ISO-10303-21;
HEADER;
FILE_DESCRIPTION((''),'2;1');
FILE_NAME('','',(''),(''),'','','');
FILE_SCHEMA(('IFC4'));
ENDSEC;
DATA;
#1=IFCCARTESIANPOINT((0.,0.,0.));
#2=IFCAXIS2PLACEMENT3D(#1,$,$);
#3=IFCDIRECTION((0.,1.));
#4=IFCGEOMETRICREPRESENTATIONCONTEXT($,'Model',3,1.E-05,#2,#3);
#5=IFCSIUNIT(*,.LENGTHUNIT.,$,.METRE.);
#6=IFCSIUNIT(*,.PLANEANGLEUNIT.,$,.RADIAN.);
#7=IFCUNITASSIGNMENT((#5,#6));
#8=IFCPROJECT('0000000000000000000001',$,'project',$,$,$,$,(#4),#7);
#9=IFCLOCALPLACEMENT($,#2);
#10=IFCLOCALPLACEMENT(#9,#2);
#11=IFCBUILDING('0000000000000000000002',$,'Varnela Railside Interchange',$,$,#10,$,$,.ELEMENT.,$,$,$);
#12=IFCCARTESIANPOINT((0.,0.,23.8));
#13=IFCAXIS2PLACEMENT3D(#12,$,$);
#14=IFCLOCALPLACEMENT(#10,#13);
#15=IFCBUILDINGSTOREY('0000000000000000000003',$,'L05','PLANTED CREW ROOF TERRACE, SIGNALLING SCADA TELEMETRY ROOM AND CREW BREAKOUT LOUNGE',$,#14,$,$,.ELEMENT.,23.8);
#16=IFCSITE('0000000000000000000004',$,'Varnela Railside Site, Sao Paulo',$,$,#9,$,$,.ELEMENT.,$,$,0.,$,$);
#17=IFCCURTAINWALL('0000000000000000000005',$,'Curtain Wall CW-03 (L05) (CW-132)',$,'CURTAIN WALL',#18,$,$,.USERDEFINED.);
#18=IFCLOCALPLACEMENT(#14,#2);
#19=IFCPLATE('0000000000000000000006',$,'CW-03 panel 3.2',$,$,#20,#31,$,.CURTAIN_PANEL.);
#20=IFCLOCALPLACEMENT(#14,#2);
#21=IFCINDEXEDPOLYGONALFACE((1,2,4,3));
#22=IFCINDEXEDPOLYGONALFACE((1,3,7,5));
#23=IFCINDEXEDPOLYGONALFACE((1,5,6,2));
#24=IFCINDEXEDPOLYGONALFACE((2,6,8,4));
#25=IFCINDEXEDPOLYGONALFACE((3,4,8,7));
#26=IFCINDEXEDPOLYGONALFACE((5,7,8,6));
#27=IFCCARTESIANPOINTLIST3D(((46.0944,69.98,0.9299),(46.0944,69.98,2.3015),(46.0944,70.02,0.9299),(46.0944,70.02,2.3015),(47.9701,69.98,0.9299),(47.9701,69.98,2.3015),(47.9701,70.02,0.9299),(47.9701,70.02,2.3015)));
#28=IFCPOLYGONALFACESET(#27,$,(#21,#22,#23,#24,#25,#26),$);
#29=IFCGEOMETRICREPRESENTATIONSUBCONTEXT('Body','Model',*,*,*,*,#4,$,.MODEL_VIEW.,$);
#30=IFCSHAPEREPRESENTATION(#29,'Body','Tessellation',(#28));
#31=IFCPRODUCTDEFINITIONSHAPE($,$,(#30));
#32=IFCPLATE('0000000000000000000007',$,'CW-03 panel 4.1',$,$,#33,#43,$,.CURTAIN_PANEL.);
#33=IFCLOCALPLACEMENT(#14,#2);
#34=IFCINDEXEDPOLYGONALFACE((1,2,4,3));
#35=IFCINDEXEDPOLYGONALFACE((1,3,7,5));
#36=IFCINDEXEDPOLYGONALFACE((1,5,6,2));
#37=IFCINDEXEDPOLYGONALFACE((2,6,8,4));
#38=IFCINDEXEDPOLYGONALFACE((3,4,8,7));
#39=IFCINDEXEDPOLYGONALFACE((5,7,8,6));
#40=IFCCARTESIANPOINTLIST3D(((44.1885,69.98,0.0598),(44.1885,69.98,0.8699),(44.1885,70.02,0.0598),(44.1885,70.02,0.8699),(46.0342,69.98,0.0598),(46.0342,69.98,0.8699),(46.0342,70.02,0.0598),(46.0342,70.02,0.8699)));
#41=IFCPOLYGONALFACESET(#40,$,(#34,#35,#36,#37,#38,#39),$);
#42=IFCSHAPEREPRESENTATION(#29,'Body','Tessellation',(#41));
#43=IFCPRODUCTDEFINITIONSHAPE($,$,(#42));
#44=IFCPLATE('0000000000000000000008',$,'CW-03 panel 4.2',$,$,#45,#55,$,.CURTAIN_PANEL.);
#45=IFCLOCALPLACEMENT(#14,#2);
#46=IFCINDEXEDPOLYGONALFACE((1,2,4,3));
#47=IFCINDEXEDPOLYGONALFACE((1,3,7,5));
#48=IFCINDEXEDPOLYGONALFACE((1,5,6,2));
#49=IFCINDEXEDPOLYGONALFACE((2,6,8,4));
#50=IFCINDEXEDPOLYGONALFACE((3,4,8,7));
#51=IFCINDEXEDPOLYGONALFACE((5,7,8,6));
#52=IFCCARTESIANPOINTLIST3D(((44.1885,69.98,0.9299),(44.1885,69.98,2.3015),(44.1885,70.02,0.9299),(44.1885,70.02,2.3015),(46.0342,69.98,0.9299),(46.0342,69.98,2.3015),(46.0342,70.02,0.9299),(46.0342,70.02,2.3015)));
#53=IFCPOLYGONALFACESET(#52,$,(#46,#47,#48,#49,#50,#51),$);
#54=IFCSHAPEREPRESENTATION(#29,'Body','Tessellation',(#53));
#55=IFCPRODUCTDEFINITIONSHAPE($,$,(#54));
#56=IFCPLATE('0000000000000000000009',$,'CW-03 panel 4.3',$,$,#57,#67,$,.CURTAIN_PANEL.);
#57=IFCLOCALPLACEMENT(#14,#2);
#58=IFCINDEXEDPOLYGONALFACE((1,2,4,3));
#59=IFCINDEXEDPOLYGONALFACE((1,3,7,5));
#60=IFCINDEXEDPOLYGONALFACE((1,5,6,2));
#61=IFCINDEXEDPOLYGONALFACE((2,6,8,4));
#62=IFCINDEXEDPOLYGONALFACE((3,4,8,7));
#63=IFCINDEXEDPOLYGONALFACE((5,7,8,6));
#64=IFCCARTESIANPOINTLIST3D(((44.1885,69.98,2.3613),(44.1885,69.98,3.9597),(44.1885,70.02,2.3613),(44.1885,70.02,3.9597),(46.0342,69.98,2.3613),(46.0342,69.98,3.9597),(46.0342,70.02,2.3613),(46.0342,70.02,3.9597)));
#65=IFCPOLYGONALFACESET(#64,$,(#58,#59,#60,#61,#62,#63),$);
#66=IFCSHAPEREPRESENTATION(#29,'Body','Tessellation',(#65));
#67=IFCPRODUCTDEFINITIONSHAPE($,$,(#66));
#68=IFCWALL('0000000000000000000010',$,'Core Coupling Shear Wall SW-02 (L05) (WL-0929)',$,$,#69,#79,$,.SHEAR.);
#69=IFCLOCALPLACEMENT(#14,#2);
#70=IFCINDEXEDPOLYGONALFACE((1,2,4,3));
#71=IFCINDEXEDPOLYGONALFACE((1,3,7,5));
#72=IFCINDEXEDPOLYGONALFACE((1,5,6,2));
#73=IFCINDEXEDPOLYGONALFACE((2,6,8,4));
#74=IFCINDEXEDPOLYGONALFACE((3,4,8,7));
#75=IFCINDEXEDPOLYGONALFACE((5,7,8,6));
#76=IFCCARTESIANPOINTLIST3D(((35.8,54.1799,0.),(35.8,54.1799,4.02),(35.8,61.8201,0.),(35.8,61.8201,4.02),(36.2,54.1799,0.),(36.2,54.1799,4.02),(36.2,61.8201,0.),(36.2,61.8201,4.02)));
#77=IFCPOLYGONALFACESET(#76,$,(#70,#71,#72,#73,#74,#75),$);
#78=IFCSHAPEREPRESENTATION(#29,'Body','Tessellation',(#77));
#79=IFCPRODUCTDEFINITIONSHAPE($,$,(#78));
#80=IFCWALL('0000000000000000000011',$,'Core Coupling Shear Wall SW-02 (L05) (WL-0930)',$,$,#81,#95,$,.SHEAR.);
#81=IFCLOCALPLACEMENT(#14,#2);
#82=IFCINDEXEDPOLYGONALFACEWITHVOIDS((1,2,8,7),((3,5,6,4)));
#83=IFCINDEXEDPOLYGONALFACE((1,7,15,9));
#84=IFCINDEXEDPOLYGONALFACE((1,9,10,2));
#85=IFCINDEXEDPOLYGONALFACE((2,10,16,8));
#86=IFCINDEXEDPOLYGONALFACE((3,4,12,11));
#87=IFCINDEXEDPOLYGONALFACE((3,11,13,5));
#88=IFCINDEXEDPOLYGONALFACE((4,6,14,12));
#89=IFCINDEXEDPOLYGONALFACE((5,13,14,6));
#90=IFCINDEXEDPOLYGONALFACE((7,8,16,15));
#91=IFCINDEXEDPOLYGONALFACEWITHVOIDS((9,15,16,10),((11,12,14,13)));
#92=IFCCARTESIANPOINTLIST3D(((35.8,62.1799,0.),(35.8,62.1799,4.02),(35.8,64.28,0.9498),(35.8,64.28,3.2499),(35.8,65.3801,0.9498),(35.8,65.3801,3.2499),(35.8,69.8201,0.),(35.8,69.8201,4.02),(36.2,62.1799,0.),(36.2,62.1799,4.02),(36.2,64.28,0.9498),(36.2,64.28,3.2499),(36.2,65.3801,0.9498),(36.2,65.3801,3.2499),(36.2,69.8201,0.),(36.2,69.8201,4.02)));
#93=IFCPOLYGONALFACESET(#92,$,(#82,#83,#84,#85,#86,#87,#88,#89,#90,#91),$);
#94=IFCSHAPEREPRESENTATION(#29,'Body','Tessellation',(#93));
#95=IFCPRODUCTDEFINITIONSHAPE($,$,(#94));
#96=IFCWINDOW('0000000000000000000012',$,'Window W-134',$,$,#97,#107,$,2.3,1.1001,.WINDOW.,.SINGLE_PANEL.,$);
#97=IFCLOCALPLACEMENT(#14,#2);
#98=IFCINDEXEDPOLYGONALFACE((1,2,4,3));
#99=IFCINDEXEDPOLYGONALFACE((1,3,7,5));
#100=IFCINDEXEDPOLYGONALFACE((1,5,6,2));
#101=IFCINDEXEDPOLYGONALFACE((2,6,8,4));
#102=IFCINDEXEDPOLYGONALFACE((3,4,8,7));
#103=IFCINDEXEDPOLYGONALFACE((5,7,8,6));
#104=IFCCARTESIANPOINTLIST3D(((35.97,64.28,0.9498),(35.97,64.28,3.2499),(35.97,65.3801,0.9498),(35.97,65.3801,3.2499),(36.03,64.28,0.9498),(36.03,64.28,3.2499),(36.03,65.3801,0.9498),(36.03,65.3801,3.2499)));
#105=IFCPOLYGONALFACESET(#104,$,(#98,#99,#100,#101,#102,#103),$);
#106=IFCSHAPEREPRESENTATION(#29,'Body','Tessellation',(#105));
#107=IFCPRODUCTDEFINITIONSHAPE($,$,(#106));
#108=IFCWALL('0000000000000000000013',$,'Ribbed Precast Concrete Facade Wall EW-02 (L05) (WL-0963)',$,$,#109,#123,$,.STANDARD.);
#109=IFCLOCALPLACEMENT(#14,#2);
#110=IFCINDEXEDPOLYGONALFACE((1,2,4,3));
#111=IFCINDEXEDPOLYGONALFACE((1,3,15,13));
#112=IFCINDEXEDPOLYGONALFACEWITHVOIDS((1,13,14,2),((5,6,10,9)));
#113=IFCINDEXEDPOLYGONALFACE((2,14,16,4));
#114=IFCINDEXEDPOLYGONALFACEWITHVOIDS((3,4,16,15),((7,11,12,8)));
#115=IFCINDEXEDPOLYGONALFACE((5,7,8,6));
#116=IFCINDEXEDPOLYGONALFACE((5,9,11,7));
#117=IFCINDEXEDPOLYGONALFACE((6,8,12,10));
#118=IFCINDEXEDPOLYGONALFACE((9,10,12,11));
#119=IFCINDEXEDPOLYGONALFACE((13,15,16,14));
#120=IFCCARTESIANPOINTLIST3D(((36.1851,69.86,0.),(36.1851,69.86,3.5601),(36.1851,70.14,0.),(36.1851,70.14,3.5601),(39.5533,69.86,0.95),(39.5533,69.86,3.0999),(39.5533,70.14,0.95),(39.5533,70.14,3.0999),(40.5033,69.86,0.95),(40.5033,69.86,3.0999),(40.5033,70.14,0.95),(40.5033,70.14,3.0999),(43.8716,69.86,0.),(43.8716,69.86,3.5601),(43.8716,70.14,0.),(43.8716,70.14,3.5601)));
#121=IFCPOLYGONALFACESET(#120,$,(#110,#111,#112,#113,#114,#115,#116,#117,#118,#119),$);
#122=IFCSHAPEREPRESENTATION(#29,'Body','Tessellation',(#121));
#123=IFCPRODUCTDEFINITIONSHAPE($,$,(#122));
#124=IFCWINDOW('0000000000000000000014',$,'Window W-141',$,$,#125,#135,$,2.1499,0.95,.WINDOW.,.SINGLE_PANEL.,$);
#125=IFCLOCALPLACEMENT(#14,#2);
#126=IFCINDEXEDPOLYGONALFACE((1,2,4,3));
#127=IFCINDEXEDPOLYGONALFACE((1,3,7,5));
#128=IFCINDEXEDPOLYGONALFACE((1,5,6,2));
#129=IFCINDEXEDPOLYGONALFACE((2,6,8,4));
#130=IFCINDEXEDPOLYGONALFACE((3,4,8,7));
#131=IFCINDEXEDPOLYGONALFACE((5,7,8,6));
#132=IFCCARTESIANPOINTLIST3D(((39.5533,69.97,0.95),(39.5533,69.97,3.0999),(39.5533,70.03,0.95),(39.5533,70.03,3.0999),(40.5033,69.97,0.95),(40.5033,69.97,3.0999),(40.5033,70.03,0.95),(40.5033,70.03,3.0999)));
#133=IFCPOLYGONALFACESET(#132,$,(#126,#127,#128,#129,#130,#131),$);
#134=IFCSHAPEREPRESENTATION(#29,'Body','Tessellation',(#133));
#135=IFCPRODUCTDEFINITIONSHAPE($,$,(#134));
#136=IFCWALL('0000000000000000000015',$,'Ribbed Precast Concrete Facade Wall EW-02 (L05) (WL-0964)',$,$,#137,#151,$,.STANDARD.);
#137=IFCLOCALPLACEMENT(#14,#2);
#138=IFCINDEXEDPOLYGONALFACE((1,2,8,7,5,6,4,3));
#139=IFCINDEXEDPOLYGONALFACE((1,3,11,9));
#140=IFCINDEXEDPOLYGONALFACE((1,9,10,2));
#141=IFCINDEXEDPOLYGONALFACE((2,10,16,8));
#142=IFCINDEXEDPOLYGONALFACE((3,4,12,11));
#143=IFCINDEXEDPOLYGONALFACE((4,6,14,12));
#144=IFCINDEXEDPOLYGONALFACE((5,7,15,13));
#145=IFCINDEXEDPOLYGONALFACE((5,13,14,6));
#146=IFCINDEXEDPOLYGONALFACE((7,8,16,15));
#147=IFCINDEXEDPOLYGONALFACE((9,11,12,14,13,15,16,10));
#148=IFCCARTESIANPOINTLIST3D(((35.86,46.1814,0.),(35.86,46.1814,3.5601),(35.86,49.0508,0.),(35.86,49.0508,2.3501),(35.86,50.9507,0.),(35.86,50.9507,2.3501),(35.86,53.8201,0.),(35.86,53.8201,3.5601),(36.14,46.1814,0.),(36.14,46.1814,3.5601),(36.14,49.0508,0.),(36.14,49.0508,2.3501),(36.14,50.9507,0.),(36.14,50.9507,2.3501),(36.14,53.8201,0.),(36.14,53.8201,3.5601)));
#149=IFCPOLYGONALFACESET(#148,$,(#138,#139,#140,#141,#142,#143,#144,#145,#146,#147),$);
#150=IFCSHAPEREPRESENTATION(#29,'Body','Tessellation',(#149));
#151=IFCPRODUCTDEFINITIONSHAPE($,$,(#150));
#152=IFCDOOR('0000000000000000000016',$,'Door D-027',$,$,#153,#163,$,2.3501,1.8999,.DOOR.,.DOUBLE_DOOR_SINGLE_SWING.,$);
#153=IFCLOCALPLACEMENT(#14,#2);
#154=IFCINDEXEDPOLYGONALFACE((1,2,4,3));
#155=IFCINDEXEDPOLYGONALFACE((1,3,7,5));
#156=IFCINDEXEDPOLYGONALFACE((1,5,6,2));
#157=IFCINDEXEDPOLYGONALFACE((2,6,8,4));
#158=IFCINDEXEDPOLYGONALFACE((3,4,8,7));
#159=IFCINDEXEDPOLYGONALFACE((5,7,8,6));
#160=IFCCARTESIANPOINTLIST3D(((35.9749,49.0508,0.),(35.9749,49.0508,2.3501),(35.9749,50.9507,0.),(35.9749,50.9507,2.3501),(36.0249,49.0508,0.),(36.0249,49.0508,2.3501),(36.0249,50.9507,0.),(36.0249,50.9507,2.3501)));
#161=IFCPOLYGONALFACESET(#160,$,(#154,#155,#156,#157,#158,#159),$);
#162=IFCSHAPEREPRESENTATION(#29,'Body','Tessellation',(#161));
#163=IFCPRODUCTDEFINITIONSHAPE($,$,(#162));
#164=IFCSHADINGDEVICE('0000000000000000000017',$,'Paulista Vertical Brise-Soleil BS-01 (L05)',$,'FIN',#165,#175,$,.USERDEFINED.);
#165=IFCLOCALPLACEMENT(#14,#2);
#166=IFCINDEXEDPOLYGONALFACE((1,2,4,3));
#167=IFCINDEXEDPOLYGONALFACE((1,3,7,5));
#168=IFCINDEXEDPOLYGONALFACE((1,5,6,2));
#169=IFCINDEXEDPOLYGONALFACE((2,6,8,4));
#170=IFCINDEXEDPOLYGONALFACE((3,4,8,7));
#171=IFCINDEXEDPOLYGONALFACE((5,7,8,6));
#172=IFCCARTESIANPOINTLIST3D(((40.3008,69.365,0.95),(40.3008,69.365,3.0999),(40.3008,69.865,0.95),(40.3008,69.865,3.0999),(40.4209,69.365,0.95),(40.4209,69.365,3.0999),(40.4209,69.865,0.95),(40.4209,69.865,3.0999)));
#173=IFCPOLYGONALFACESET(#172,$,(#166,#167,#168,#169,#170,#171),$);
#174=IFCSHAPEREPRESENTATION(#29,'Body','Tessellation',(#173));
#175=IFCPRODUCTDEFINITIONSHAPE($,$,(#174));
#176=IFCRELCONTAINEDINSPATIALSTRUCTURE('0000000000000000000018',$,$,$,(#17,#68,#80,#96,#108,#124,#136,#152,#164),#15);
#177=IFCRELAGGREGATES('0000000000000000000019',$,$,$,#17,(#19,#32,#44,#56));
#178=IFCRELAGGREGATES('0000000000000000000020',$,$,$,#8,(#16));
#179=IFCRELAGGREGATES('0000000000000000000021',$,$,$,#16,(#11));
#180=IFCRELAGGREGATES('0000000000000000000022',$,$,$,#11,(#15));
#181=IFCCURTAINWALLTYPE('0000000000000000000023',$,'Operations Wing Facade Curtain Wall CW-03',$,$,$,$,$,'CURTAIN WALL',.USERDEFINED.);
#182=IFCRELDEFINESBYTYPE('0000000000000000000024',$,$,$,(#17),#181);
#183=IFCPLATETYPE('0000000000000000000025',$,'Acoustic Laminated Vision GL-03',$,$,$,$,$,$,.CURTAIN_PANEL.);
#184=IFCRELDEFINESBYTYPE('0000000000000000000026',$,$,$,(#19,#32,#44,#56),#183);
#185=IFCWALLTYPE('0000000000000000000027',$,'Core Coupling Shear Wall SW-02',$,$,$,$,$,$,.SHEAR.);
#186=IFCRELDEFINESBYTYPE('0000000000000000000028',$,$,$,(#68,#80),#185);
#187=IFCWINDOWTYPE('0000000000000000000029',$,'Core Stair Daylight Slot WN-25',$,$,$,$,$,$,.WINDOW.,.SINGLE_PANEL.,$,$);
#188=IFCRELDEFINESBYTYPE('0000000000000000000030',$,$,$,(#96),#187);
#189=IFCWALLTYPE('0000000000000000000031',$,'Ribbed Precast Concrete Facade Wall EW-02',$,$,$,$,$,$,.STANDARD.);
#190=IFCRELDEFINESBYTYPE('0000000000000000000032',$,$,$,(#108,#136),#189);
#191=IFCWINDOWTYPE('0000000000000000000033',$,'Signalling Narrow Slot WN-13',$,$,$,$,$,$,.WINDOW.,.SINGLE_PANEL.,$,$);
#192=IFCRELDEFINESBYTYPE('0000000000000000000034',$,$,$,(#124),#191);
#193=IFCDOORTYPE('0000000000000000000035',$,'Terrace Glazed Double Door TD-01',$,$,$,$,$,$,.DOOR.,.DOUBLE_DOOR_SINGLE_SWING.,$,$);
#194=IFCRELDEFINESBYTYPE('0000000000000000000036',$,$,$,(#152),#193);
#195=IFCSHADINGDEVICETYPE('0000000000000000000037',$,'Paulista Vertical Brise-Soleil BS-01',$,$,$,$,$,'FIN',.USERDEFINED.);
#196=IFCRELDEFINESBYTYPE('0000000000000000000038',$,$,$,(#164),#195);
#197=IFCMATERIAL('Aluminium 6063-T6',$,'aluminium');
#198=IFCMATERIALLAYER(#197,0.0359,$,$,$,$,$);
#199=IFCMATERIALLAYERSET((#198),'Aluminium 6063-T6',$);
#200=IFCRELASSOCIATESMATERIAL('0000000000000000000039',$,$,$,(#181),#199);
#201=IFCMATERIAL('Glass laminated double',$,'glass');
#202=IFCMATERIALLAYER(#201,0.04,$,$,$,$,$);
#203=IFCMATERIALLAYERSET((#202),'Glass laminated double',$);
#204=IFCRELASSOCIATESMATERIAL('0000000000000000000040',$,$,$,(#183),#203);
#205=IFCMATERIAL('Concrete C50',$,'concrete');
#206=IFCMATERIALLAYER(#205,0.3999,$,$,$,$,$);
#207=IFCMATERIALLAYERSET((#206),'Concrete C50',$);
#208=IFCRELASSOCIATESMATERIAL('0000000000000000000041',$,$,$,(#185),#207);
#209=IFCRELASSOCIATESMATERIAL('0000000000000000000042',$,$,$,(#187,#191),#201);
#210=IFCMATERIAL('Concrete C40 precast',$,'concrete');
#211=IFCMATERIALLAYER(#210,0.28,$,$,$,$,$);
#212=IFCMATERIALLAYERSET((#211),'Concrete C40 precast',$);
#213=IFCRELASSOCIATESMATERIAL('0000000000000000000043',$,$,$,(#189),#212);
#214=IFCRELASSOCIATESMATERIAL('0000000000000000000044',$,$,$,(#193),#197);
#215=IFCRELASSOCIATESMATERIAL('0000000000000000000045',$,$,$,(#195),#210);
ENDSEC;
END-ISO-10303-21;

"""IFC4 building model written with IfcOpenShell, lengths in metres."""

from ifc_helpers import new_model, si_unit, direction, frame, frame_2d, origin, origin_2d, place, context, subcontext, project, spatial, rectangle, extrude, material, layer, layer_set, type_object, element, fill, aggregate, save


model = new_model("IFC4")

# Units and contexts
model_context = context("Model", 3, precision=1e-05, world=origin(), true_north=direction((0.0, 1.0)))
body_context = subcontext(model_context, "Body", "Model", "MODEL_VIEW")
ifc_project = project(units=[si_unit("LENGTHUNIT", "METRE"), si_unit("PLANEANGLEUNIT", "RADIAN")], contexts=[model_context])

# Site, building, storey
site_placement = place(None, origin())
site = spatial("IfcSite", under=ifc_project, at=site_placement, Name="Varnela Railside Site, Sao Paulo", CompositionType="ELEMENT", RefElevation=0.0)
building_placement = place(site_placement, origin())
building = spatial("IfcBuilding", under=site, at=building_placement, Name="Varnela Railside Interchange", CompositionType="ELEMENT")
storey_placement = place(building_placement, frame((0.0, 0.0, 23.8)))
storey = spatial("IfcBuildingStorey", under=building, at=storey_placement, Name="L05", Description="PLANTED CREW ROOF TERRACE, SIGNALLING SCADA TELEMETRY ROOM AND CREW BREAKOUT LOUNGE", CompositionType="ELEMENT", Elevation=23.8)

# Curtain wall
ifc_material_1 = material(Name="Aluminium 6063-T6", Category="aluminium")
ifc_layer_1 = layer(ifc_material_1, 0.0359)
ifc_layer_set_1 = layer_set([ifc_layer_1], Name="Aluminium 6063-T6")
curtain_wall_type = type_object("IfcCurtainWallType", Name="Operations Wing Facade Curtain Wall CW-03", ElementType="CURTAIN WALL", PredefinedType="USERDEFINED", material=ifc_layer_set_1)
curtain_wall_placement = place(storey_placement, origin())
curtain_wall = element("IfcCurtainWall", 1, at=curtain_wall_placement, inside=storey, type_object=curtain_wall_type, Name="Curtain Wall CW-03 (L05) (CW-132)", ObjectType="CURTAIN WALL", PredefinedType="USERDEFINED")

# Plates
ifc_material_2 = material(Name="Glass laminated double", Category="glass")
ifc_layer_2 = layer(ifc_material_2, 0.04)
ifc_layer_set_2 = layer_set([ifc_layer_2], Name="Glass laminated double")
plate_type = type_object("IfcPlateType", Name="Acoustic Laminated Vision GL-03", PredefinedType="CURTAIN_PANEL", material=ifc_layer_set_2)
plate_1_placement = place(storey_placement, frame((47.0322, 70.0, 0.9299), z_axis=(0.0, 0.0, 1.0), x_axis=(-1.0, 0.0, 0.0)))
plate_1 = element("IfcPlate", 2, at=plate_1_placement, type_object=plate_type, Name="CW-03 panel 3.2", PredefinedType="CURTAIN_PANEL", context=body_context, shape_type="SweptSolid", body=[
    extrude(rectangle(XDim=1.8757, YDim=0.04, at=origin_2d()), origin(), (0.0, 0.0, 1.0), 1.3716),
])
plate_2_placement = place(storey_placement, frame((45.1113, 70.0, 0.0598), z_axis=(0.0, 0.0, 1.0), x_axis=(-1.0, 0.0, 0.0)))
plate_2 = element("IfcPlate", 3, at=plate_2_placement, type_object=plate_type, Name="CW-03 panel 4.1", PredefinedType="CURTAIN_PANEL", context=body_context, shape_type="SweptSolid", body=[
    extrude(rectangle(XDim=1.8457, YDim=0.04, at=origin_2d()), origin(), (0.0, 0.0, 1.0), 0.8101),
])
plate_3_placement = place(storey_placement, frame((45.1113, 70.0, 0.9299), z_axis=(0.0, 0.0, 1.0), x_axis=(-1.0, 0.0, 0.0)))
plate_3 = element("IfcPlate", 4, at=plate_3_placement, type_object=plate_type, Name="CW-03 panel 4.2", PredefinedType="CURTAIN_PANEL", context=body_context, shape_type="SweptSolid", body=[
    extrude(rectangle(XDim=1.8457, YDim=0.04, at=origin_2d()), origin(), (0.0, 0.0, 1.0), 1.3716),
])
plate_4_placement = place(storey_placement, frame((45.1113, 70.0, 2.3613), z_axis=(0.0, 0.0, 1.0), x_axis=(-1.0, 0.0, 0.0)))
plate_4 = element("IfcPlate", 5, at=plate_4_placement, type_object=plate_type, Name="CW-03 panel 4.3", PredefinedType="CURTAIN_PANEL", context=body_context, shape_type="SweptSolid", body=[
    extrude(rectangle(XDim=1.8457, YDim=0.04, at=origin_2d()), origin(), (0.0, 0.0, 1.0), 1.5984),
])
aggregate(curtain_wall, [plate_1, plate_2, plate_3, plate_4])

# Wall
ifc_material_3 = material(Name="Concrete C50", Category="concrete")
ifc_layer_3 = layer(ifc_material_3, 0.3999)
ifc_layer_set_3 = layer_set([ifc_layer_3], Name="Concrete C50")
wall_type_1 = type_object("IfcWallType", Name="Core Coupling Shear Wall SW-02", PredefinedType="SHEAR", material=ifc_layer_set_3)
wall_1_placement = place(storey_placement, frame((36.0, 54.1799, 0.0), z_axis=(0.0, 0.0, 1.0), x_axis=(0.0, 1.0, 0.0)))
element("IfcWall", 6, at=wall_1_placement, inside=storey, type_object=wall_type_1, Name="Core Coupling Shear Wall SW-02 (L05) (WL-0929)", PredefinedType="SHEAR", context=body_context, shape_type="SweptSolid", body=[
    extrude(rectangle(XDim=7.6401, YDim=0.3999, at=frame_2d((3.8201, 0.0))), origin(), (0.0, 0.0, 1.0), 4.02),
])

# Walls, openings, windows
wall_2_placement = place(storey_placement, frame((36.0, 62.1799, 0.0), z_axis=(0.0, 0.0, 1.0), x_axis=(0.0, 1.0, 0.0)))
wall_2 = element("IfcWall", 7, at=wall_2_placement, inside=storey, type_object=wall_type_1, Name="Core Coupling Shear Wall SW-02 (L05) (WL-0930)", PredefinedType="SHEAR", context=body_context, shape_type="SweptSolid", body=[
    extrude(rectangle(XDim=7.6401, YDim=0.3999, at=frame_2d((3.8201, 0.0))), origin(), (0.0, 0.0, 1.0), 4.02),
])
opening_1_placement = place(wall_2_placement, frame((2.1001, 0.0, 0.95)))
opening_1 = element("IfcOpeningElement", 8, at=opening_1_placement, cuts=wall_2, PredefinedType="OPENING", context=body_context, shape_type="SweptSolid", body=[
    extrude(rectangle(XDim=1.1001, YDim=2.3, at=frame_2d((0.55, 1.1499))), frame((0.0, 0.21, 0.0), z_axis=(0.0, -1.0, 0.0), x_axis=(1.0, 0.0, 0.0)), (0.0, 0.0, 1.0), 0.4199),
])
window_type_1 = type_object("IfcWindowType", Name="Core Stair Daylight Slot WN-25", PartitioningType="SINGLE_PANEL", PredefinedType="WINDOW", material=ifc_material_2)
window_1_placement = place(opening_1_placement, origin())
window_1 = element("IfcWindow", 9, at=window_1_placement, inside=storey, type_object=window_type_1, Name="Window W-134", OverallHeight=2.3, OverallWidth=1.1001, PartitioningType="SINGLE_PANEL", PredefinedType="WINDOW", context=body_context, shape_type="SweptSolid", body=[
    extrude(rectangle(XDim=1.1001, YDim=2.3, at=frame_2d((0.55, 1.1499))), frame((0.0, 0.03, 0.0), z_axis=(0.0, -1.0, 0.0), x_axis=(1.0, 0.0, 0.0)), (0.0, 0.0, 1.0), 0.0601),
])
fill(opening_1, window_1)
ifc_material_4 = material(Name="Concrete C40 precast", Category="concrete")
ifc_layer_4 = layer(ifc_material_4, 0.28)
ifc_layer_set_4 = layer_set([ifc_layer_4], Name="Concrete C40 precast")
wall_type_2 = type_object("IfcWallType", Name="Ribbed Precast Concrete Facade Wall EW-02", PredefinedType="STANDARD", material=ifc_layer_set_4)
wall_3_placement = place(storey_placement, frame((43.8716, 70.0, 0.0), z_axis=(0.0, 0.0, 1.0), x_axis=(-1.0, 0.0, 0.0)))
wall_3 = element("IfcWall", 10, at=wall_3_placement, inside=storey, type_object=wall_type_2, Name="Ribbed Precast Concrete Facade Wall EW-02 (L05) (WL-0963)", PredefinedType="STANDARD", context=body_context, shape_type="SweptSolid", body=[
    extrude(rectangle(XDim=7.6865, YDim=0.28, at=frame_2d((3.8433, 0.0))), origin(), (0.0, 0.0, 1.0), 3.5601),
])
opening_2_placement = place(wall_3_placement, frame((3.3682, 0.0, 0.95)))
opening_2 = element("IfcOpeningElement", 11, at=opening_2_placement, cuts=wall_3, PredefinedType="OPENING", context=body_context, shape_type="SweptSolid", body=[
    extrude(rectangle(XDim=0.95, YDim=2.1499, at=frame_2d((0.4751, 1.075))), frame((0.0, 0.1499, 0.0), z_axis=(0.0, -1.0, 0.0), x_axis=(1.0, 0.0, 0.0)), (0.0, 0.0, 1.0), 0.3),
])
window_type_2 = type_object("IfcWindowType", Name="Signalling Narrow Slot WN-13", PartitioningType="SINGLE_PANEL", PredefinedType="WINDOW", material=ifc_material_2)
window_2_placement = place(opening_2_placement, origin())
window_2 = element("IfcWindow", 12, at=window_2_placement, inside=storey, type_object=window_type_2, Name="Window W-141", OverallHeight=2.1499, OverallWidth=0.95, PartitioningType="SINGLE_PANEL", PredefinedType="WINDOW", context=body_context, shape_type="SweptSolid", body=[
    extrude(rectangle(XDim=0.95, YDim=2.1499, at=frame_2d((0.4751, 1.075))), frame((0.0, 0.03, 0.0), z_axis=(0.0, -1.0, 0.0), x_axis=(1.0, 0.0, 0.0)), (0.0, 0.0, 1.0), 0.0601),
])
fill(opening_2, window_2)

# Wall, opening, door
wall_4_placement = place(storey_placement, frame((36.0, 53.8201, 0.0), z_axis=(0.0, 0.0, 1.0), x_axis=(0.0, -1.0, 0.0)))
wall_4 = element("IfcWall", 13, at=wall_4_placement, inside=storey, type_object=wall_type_2, Name="Ribbed Precast Concrete Facade Wall EW-02 (L05) (WL-0964)", PredefinedType="STANDARD", context=body_context, shape_type="SweptSolid", body=[
    extrude(rectangle(XDim=7.6387, YDim=0.28, at=frame_2d((3.8193, 0.0))), origin(), (0.0, 0.0, 1.0), 3.5601),
])
opening_3_placement = place(wall_4_placement, frame((2.8694, 0.0, 0.0)))
opening_3 = element("IfcOpeningElement", 14, at=opening_3_placement, cuts=wall_4, PredefinedType="OPENING", context=body_context, shape_type="SweptSolid", body=[
    extrude(rectangle(XDim=1.8999, YDim=2.3501, at=frame_2d((0.95, 1.175))), frame((0.0, 0.1499, 0.0), z_axis=(0.0, -1.0, 0.0), x_axis=(1.0, 0.0, 0.0)), (0.0, 0.0, 1.0), 0.3),
])
door_type = type_object("IfcDoorType", Name="Terrace Glazed Double Door TD-01", OperationType="DOUBLE_DOOR_SINGLE_SWING", PredefinedType="DOOR", material=ifc_material_1)
door_placement = place(opening_3_placement, origin())
door = element("IfcDoor", 15, at=door_placement, inside=storey, type_object=door_type, Name="Door D-027", OperationType="DOUBLE_DOOR_SINGLE_SWING", OverallHeight=2.3501, OverallWidth=1.8999, PredefinedType="DOOR", context=body_context, shape_type="SweptSolid", body=[
    extrude(rectangle(XDim=1.8999, YDim=2.3501, at=frame_2d((0.95, 1.175))), frame((0.0, 0.0249, 0.0), z_axis=(0.0, -1.0, 0.0), x_axis=(1.0, 0.0, 0.0)), (0.0, 0.0, 1.0), 0.05),
])
fill(opening_3, door)

# Shading device
shading_device_type = type_object("IfcShadingDeviceType", Name="Paulista Vertical Brise-Soleil BS-01", ElementType="FIN", PredefinedType="USERDEFINED", material=ifc_material_4)
for number, where, z_axis, x_axis, name in (
    (16, (40.3608, 69.615, 0.95), (0.0, 0.0, 1.0), (0.0, -1.0, 0.0), "Paulista Vertical Brise-Soleil BS-01 (L05)"),
):
    element("IfcShadingDevice", number, at=place(storey_placement, frame(where, z_axis=z_axis, x_axis=x_axis)), inside=storey, type_object=shading_device_type, Name=name, ObjectType="FIN", PredefinedType="USERDEFINED", context=body_context, shape_type="SweptSolid", body=[
        extrude(rectangle(XDim=0.5, YDim=0.1201, at=origin_2d()), origin(), (0.0, 0.0, 1.0), 2.1499),
    ])

save(model, "model.ifc")
